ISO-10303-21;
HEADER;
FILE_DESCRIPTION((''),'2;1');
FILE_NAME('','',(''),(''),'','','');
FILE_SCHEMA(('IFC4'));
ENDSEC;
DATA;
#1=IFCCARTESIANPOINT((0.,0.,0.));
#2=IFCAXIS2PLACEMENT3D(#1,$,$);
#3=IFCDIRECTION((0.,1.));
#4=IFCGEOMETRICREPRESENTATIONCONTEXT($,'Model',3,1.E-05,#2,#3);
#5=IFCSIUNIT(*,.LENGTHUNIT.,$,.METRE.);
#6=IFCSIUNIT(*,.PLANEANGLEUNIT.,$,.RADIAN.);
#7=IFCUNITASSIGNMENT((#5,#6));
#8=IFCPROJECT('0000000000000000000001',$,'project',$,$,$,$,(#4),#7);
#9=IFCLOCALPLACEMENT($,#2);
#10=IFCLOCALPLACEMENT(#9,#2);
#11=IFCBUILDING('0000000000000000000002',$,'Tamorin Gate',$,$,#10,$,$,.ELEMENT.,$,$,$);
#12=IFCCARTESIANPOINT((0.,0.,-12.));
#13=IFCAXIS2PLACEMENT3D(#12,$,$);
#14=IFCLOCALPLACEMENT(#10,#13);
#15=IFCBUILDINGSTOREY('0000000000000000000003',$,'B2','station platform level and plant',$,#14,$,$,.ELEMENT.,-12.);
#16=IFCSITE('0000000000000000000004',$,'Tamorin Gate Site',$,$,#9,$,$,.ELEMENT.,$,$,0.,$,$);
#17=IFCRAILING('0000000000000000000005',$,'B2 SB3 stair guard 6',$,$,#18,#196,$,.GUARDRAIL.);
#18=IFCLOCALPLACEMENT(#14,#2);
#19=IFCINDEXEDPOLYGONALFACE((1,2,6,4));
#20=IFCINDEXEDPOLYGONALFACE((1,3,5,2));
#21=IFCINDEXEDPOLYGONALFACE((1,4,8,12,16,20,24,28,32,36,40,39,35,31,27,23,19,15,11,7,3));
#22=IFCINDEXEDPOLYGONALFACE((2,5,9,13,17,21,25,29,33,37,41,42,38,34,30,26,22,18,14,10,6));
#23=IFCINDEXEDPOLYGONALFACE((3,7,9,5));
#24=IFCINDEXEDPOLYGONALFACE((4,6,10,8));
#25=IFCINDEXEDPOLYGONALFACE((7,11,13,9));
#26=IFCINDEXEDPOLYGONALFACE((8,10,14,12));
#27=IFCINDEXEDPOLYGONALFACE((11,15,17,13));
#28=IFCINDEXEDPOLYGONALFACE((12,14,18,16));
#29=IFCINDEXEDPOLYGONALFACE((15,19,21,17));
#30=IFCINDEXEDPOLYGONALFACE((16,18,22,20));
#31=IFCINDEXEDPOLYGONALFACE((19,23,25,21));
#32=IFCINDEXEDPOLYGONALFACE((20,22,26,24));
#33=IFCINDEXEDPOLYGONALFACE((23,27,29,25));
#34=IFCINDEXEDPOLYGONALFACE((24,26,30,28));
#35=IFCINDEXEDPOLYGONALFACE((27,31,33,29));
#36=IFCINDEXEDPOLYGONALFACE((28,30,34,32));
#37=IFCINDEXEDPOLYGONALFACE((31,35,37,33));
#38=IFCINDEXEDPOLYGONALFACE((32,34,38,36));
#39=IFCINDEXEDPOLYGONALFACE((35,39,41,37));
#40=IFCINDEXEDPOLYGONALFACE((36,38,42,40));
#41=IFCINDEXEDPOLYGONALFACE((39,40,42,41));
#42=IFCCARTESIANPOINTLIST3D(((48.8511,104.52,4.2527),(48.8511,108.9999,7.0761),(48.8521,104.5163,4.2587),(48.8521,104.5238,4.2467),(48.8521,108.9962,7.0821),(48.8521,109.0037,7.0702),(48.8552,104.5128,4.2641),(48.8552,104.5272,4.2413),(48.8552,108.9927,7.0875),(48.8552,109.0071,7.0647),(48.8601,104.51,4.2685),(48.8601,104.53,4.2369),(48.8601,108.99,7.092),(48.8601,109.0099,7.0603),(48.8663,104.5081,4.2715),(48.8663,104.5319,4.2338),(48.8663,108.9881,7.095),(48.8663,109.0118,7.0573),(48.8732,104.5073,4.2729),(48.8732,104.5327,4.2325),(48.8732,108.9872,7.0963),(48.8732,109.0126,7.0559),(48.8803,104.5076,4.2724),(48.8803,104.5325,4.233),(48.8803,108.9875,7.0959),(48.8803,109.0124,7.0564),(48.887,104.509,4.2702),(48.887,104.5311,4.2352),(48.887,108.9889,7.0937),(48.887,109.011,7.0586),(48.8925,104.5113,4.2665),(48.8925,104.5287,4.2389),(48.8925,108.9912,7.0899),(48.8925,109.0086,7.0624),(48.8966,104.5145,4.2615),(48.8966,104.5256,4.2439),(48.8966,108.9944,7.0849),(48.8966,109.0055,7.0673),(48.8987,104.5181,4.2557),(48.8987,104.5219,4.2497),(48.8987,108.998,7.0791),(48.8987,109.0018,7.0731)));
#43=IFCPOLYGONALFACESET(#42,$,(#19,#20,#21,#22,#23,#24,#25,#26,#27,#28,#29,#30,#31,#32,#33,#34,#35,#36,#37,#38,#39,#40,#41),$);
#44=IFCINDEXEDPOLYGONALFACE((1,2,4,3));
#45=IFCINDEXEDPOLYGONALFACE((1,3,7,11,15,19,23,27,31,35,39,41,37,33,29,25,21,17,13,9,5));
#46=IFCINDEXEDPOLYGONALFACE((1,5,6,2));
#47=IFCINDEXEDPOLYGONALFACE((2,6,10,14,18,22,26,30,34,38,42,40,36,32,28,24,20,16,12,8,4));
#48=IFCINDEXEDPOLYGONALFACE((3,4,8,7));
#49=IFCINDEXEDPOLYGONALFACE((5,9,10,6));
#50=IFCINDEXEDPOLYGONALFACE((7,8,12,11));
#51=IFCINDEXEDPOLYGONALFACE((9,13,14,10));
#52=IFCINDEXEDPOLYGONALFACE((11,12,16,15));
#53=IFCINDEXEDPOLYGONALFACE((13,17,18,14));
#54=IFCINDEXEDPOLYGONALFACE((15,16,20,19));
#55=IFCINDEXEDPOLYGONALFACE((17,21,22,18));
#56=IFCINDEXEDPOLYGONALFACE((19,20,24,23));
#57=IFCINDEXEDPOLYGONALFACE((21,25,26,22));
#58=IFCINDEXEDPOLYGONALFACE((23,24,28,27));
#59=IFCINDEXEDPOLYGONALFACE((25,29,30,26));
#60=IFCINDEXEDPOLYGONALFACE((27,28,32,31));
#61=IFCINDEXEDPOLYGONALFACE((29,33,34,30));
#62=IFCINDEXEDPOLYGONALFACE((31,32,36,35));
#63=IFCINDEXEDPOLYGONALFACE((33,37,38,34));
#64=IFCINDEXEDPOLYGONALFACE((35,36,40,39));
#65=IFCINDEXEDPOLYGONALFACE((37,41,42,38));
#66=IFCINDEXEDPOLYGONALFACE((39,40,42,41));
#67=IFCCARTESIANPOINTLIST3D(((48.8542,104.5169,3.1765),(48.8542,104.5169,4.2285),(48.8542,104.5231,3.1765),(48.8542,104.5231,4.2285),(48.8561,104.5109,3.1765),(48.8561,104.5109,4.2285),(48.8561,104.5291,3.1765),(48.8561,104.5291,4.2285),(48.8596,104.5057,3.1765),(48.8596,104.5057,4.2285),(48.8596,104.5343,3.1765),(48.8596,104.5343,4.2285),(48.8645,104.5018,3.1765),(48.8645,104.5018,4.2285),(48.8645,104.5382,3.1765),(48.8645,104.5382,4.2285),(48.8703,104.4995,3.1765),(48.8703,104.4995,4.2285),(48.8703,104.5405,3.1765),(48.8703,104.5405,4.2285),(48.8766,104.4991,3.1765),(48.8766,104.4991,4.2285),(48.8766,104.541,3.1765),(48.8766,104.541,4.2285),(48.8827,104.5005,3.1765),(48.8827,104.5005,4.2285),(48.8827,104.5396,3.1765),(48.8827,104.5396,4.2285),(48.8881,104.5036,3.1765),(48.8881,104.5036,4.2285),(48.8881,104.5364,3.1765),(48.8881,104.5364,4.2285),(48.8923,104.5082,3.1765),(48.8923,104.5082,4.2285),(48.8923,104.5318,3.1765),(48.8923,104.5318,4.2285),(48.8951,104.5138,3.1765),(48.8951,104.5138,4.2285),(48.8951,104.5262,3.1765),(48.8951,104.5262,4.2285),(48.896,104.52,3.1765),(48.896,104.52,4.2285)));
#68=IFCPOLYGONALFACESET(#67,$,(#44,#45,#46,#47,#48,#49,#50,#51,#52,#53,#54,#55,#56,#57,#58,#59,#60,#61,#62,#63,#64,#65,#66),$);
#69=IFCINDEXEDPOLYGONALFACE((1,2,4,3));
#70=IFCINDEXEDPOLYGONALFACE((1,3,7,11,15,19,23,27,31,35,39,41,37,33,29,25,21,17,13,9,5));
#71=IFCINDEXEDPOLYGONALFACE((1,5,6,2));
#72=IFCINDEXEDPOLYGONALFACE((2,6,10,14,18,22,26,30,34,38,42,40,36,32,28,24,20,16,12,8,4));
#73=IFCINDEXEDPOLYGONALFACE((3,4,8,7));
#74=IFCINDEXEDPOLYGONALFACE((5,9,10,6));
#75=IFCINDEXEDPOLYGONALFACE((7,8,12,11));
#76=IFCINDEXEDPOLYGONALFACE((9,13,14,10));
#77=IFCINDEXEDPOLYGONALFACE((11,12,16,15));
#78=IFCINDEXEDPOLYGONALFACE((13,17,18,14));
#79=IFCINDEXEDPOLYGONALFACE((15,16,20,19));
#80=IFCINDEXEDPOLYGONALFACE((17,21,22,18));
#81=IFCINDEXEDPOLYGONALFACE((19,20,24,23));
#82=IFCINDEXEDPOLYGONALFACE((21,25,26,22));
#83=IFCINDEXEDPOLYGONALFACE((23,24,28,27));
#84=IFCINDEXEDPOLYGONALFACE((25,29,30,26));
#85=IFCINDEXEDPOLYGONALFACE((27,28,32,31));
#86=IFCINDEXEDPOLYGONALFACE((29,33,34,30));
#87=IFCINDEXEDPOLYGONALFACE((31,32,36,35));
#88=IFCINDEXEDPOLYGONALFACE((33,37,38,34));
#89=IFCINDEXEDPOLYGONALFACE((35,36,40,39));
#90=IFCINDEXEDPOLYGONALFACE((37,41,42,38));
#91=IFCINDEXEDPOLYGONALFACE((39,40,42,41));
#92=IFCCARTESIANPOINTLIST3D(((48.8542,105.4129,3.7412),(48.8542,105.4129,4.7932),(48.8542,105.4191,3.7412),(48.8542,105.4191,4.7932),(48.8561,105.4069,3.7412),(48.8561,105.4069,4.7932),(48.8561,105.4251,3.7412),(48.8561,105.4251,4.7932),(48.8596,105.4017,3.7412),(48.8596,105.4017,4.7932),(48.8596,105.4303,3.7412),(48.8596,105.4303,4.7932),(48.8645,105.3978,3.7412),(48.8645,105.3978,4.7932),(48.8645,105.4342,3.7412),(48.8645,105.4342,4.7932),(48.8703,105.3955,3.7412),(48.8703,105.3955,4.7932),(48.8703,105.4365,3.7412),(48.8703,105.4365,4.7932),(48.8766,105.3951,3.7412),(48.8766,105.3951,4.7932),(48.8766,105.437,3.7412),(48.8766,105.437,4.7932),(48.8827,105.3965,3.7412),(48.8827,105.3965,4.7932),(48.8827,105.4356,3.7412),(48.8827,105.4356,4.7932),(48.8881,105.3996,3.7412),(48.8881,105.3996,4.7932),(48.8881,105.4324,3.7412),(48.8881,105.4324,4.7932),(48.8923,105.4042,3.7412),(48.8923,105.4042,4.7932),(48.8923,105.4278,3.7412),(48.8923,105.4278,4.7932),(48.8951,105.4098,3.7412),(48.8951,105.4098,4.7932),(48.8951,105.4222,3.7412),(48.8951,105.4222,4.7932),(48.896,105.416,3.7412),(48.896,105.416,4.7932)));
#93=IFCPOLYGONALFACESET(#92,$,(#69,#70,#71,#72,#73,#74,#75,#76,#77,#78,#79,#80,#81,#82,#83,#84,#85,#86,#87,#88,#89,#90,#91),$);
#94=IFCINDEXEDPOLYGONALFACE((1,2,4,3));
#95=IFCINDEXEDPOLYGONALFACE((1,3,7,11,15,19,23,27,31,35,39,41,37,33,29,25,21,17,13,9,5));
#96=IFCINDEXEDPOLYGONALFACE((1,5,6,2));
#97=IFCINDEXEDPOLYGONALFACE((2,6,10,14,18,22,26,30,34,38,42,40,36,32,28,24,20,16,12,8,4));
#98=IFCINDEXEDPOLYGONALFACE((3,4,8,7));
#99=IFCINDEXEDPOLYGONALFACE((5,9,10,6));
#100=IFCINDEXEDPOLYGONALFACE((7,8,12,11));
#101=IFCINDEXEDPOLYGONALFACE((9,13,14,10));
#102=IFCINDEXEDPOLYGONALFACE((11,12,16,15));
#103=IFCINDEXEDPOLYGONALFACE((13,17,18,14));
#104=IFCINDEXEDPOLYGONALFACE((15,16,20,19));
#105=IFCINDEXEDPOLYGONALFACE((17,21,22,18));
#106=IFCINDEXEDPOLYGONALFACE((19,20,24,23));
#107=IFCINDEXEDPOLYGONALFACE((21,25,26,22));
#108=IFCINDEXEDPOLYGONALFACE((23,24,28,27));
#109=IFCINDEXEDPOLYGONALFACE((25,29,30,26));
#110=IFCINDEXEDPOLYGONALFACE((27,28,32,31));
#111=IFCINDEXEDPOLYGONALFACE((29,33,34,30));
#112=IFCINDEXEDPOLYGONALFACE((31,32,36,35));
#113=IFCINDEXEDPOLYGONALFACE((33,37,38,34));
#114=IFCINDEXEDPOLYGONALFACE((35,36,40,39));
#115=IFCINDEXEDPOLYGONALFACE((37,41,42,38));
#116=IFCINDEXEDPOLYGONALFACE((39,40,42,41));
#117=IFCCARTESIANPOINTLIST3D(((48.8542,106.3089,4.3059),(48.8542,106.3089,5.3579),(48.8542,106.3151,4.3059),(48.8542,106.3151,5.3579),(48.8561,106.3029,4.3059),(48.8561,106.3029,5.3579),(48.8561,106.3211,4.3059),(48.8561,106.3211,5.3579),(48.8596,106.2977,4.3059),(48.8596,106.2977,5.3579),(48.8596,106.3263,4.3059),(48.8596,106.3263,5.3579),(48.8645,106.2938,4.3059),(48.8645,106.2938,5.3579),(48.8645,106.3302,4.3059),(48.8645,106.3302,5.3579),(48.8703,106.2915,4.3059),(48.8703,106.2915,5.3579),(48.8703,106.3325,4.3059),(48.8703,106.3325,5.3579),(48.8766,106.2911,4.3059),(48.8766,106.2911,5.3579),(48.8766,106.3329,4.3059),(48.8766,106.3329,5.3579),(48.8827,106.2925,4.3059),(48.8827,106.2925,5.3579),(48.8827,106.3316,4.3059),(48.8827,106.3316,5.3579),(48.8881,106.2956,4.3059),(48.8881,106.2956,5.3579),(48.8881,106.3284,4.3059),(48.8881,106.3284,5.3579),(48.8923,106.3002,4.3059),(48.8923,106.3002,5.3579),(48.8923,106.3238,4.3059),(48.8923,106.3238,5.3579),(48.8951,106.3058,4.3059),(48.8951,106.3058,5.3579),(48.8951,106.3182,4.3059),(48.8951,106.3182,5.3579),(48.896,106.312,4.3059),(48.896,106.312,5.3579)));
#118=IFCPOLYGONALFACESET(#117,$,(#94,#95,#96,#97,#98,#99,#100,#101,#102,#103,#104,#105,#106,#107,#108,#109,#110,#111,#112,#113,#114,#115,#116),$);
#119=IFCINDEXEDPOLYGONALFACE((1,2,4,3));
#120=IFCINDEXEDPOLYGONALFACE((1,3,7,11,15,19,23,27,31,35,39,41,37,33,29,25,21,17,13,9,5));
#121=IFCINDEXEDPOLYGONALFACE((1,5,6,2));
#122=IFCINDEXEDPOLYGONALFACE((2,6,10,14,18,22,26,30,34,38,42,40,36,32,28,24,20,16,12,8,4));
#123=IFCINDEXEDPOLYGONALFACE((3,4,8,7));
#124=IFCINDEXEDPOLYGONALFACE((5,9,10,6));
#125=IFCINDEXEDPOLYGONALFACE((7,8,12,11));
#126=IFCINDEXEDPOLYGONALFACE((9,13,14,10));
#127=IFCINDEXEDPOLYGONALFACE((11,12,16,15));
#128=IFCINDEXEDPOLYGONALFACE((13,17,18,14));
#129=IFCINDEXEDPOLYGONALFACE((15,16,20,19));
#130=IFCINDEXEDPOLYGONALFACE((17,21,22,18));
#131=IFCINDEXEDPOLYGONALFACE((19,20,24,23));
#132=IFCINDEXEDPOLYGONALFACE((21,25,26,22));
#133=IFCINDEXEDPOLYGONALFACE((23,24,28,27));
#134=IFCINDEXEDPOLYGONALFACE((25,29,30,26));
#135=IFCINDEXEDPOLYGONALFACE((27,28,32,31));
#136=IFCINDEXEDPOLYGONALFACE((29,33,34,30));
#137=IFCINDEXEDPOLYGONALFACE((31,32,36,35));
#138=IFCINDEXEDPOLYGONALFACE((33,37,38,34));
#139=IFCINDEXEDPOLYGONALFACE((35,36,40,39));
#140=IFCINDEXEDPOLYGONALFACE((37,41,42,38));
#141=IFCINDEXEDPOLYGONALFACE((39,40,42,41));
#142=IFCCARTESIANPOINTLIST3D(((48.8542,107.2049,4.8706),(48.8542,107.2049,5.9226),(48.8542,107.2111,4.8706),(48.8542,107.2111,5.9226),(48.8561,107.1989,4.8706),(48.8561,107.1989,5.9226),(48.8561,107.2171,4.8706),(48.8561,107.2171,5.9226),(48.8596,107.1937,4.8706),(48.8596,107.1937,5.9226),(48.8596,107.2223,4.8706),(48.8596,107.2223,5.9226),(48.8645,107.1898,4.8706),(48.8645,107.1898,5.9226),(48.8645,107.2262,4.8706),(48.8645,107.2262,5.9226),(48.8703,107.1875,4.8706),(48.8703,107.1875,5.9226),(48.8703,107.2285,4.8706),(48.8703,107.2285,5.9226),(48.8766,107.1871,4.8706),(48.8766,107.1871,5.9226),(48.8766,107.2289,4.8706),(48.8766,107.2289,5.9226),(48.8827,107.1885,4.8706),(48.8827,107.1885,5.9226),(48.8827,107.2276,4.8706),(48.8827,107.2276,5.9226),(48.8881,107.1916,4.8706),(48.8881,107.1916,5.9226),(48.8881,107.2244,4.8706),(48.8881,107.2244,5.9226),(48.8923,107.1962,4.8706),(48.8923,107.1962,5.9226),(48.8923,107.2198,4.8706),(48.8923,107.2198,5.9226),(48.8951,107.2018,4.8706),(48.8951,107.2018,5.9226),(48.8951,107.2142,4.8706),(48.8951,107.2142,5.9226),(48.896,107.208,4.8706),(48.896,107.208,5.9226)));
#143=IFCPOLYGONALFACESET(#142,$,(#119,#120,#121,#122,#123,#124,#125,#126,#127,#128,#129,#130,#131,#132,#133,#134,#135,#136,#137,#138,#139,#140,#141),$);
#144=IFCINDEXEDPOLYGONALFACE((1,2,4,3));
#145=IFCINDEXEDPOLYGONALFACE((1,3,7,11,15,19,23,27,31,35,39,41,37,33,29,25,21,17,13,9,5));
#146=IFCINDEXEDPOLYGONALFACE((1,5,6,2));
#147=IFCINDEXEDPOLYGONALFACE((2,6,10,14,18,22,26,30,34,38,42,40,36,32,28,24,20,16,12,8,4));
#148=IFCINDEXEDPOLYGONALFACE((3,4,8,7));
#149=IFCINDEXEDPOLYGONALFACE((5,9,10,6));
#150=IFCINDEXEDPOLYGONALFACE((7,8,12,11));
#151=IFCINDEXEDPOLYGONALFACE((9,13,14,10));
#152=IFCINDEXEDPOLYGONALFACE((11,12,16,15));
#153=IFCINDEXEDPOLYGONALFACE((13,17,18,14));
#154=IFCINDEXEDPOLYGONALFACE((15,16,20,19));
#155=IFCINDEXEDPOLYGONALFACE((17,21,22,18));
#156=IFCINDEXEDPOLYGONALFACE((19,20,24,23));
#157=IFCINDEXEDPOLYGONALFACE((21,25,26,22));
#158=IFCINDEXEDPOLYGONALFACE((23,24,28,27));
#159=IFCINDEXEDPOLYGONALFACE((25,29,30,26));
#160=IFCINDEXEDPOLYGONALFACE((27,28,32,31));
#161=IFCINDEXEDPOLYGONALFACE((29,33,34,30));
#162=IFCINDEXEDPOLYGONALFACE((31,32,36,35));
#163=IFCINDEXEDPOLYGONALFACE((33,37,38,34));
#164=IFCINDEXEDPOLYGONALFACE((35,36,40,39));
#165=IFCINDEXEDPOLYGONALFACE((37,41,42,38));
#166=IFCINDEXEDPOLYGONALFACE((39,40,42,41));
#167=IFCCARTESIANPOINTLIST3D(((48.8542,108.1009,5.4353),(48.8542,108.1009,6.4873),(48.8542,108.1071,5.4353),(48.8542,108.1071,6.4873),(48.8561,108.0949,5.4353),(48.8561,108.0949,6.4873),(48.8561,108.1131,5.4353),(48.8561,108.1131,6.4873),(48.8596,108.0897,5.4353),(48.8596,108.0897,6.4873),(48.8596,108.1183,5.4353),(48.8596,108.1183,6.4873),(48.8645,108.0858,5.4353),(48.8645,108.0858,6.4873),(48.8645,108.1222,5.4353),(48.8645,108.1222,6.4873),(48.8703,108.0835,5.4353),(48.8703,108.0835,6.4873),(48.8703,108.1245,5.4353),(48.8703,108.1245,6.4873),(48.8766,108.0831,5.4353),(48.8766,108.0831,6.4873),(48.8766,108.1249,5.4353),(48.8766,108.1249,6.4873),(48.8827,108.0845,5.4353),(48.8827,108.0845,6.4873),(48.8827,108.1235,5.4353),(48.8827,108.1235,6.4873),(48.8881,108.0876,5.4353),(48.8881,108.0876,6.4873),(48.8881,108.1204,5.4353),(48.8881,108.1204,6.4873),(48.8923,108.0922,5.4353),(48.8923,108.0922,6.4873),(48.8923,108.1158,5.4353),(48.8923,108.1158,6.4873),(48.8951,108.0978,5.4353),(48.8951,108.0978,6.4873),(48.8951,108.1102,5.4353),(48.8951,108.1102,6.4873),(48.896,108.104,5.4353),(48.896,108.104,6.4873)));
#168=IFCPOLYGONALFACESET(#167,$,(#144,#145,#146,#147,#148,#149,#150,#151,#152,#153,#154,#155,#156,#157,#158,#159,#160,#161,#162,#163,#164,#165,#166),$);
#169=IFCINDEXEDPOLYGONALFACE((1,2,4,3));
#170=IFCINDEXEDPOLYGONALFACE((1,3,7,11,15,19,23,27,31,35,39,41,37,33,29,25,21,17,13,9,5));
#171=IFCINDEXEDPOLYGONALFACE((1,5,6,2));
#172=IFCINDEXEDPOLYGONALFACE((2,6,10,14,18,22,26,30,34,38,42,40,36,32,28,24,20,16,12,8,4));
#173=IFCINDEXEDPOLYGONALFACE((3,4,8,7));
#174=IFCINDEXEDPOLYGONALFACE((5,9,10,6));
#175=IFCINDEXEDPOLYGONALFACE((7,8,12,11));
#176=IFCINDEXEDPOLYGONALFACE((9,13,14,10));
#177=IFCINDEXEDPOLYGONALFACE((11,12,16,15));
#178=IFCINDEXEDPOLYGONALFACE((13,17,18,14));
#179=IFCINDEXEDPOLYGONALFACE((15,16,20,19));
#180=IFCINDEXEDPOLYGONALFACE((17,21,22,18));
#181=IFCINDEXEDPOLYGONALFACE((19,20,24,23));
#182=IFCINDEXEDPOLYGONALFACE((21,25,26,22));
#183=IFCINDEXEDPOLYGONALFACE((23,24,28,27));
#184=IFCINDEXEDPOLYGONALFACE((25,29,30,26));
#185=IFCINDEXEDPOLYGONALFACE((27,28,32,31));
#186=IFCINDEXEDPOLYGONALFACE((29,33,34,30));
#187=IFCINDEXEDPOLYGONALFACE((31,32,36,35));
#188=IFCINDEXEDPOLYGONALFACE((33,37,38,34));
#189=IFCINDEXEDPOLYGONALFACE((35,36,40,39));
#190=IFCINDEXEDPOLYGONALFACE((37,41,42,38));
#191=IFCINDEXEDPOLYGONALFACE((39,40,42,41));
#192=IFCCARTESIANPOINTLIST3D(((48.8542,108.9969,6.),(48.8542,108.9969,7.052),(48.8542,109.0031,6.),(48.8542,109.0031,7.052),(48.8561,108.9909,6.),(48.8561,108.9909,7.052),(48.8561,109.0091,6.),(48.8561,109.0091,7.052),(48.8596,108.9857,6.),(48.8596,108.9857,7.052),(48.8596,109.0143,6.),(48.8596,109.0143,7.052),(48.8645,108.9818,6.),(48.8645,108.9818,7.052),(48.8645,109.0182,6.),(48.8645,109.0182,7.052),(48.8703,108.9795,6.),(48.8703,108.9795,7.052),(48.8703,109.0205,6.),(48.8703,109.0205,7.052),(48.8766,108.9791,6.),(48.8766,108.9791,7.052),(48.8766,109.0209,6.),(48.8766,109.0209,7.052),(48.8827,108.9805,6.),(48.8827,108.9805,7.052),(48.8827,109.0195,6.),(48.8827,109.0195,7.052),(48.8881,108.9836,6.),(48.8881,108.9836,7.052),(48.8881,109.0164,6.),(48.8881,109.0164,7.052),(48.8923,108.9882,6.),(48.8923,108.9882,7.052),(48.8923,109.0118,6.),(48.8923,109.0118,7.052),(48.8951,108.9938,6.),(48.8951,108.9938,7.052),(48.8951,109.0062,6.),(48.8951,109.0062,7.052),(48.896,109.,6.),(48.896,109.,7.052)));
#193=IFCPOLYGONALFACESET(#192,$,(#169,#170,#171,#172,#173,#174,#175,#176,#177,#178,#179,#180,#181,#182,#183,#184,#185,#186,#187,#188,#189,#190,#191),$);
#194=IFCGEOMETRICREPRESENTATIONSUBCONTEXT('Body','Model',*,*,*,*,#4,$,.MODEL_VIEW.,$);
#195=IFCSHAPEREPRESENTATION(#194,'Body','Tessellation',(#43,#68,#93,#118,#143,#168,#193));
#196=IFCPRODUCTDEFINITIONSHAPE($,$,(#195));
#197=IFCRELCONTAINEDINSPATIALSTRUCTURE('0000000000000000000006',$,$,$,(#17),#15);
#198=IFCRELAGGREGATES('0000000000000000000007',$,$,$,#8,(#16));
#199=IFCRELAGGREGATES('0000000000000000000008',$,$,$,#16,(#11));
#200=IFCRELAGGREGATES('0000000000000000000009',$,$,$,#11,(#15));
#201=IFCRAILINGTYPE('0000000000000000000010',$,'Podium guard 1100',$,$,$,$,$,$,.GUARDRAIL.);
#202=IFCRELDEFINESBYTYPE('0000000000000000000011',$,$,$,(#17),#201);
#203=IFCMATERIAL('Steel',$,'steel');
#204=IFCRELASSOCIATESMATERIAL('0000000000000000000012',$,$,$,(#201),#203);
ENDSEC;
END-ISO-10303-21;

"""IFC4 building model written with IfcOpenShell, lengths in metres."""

from ifc_helpers import new_model, si_unit, direction, frame, origin, origin_2d, place, context, subcontext, project, spatial, circle, extrude, material, type_object, element, save


model = new_model("IFC4")

# Units and contexts
model_context = context("Model", 3, precision=1e-05, world=origin(), true_north=direction((0.0, 1.0)))
body_context = subcontext(model_context, "Body", "Model", "MODEL_VIEW")
ifc_project = project(units=[si_unit("LENGTHUNIT", "METRE"), si_unit("PLANEANGLEUNIT", "RADIAN")], contexts=[model_context])

# Site, building, storey
site_placement = place(None, origin())
site = spatial("IfcSite", under=ifc_project, at=site_placement, Name="Tamorin Gate Site", CompositionType="ELEMENT", RefElevation=0.0)
building_placement = place(site_placement, origin())
building = spatial("IfcBuilding", under=site, at=building_placement, Name="Tamorin Gate", CompositionType="ELEMENT")
storey_placement = place(building_placement, frame((0.0, 0.0, -12.0)))
storey = spatial("IfcBuildingStorey", under=building, at=storey_placement, Name="B2", Description="station platform level and plant", CompositionType="ELEMENT", Elevation=-12.0)

# Railing
ifc_material_1 = material(Name="Steel", Category="steel")
railing_type_1 = type_object("IfcRailingType", Name="Podium guard 1100", PredefinedType="GUARDRAIL", material=ifc_material_1)
railing_1_placement = place(storey_placement, frame((48.875, 104.52, 3.1765)))
element("IfcRailing", 1, at=railing_1_placement, inside=storey, type_object=railing_type_1, Name="B2 SB3 stair guard 6", PredefinedType="GUARDRAIL", context=body_context, shape_type="SweptSolid", body=[
    extrude(circle(Radius=0.0239, at=origin_2d()), frame((0.0, 0.0, 1.0762), z_axis=(0.0, 0.845998, 0.533186), x_axis=(-1.0, 0.0, 0.0)), (0.0, 0.0, 1.0), 5.2954),
    extrude(circle(Radius=0.021, at=origin_2d()), origin(), (0.0, 0.0, 1.0), 1.052),
    extrude(circle(Radius=0.021, at=origin_2d()), frame((0.0, 0.896, 0.5647)), (0.0, 0.0, 1.0), 1.052),
    extrude(circle(Radius=0.021, at=origin_2d()), frame((0.0, 1.792, 1.1294)), (0.0, 0.0, 1.0), 1.052),
    extrude(circle(Radius=0.021, at=origin_2d()), frame((0.0, 2.688, 1.6941)), (0.0, 0.0, 1.0), 1.052),
    extrude(circle(Radius=0.021, at=origin_2d()), frame((0.0, 3.584, 2.2588)), (0.0, 0.0, 1.0), 1.052),
    extrude(circle(Radius=0.021, at=origin_2d()), frame((0.0, 4.48, 2.8235)), (0.0, 0.0, 1.0), 1.052),
])

save(model, "model.ifc")
